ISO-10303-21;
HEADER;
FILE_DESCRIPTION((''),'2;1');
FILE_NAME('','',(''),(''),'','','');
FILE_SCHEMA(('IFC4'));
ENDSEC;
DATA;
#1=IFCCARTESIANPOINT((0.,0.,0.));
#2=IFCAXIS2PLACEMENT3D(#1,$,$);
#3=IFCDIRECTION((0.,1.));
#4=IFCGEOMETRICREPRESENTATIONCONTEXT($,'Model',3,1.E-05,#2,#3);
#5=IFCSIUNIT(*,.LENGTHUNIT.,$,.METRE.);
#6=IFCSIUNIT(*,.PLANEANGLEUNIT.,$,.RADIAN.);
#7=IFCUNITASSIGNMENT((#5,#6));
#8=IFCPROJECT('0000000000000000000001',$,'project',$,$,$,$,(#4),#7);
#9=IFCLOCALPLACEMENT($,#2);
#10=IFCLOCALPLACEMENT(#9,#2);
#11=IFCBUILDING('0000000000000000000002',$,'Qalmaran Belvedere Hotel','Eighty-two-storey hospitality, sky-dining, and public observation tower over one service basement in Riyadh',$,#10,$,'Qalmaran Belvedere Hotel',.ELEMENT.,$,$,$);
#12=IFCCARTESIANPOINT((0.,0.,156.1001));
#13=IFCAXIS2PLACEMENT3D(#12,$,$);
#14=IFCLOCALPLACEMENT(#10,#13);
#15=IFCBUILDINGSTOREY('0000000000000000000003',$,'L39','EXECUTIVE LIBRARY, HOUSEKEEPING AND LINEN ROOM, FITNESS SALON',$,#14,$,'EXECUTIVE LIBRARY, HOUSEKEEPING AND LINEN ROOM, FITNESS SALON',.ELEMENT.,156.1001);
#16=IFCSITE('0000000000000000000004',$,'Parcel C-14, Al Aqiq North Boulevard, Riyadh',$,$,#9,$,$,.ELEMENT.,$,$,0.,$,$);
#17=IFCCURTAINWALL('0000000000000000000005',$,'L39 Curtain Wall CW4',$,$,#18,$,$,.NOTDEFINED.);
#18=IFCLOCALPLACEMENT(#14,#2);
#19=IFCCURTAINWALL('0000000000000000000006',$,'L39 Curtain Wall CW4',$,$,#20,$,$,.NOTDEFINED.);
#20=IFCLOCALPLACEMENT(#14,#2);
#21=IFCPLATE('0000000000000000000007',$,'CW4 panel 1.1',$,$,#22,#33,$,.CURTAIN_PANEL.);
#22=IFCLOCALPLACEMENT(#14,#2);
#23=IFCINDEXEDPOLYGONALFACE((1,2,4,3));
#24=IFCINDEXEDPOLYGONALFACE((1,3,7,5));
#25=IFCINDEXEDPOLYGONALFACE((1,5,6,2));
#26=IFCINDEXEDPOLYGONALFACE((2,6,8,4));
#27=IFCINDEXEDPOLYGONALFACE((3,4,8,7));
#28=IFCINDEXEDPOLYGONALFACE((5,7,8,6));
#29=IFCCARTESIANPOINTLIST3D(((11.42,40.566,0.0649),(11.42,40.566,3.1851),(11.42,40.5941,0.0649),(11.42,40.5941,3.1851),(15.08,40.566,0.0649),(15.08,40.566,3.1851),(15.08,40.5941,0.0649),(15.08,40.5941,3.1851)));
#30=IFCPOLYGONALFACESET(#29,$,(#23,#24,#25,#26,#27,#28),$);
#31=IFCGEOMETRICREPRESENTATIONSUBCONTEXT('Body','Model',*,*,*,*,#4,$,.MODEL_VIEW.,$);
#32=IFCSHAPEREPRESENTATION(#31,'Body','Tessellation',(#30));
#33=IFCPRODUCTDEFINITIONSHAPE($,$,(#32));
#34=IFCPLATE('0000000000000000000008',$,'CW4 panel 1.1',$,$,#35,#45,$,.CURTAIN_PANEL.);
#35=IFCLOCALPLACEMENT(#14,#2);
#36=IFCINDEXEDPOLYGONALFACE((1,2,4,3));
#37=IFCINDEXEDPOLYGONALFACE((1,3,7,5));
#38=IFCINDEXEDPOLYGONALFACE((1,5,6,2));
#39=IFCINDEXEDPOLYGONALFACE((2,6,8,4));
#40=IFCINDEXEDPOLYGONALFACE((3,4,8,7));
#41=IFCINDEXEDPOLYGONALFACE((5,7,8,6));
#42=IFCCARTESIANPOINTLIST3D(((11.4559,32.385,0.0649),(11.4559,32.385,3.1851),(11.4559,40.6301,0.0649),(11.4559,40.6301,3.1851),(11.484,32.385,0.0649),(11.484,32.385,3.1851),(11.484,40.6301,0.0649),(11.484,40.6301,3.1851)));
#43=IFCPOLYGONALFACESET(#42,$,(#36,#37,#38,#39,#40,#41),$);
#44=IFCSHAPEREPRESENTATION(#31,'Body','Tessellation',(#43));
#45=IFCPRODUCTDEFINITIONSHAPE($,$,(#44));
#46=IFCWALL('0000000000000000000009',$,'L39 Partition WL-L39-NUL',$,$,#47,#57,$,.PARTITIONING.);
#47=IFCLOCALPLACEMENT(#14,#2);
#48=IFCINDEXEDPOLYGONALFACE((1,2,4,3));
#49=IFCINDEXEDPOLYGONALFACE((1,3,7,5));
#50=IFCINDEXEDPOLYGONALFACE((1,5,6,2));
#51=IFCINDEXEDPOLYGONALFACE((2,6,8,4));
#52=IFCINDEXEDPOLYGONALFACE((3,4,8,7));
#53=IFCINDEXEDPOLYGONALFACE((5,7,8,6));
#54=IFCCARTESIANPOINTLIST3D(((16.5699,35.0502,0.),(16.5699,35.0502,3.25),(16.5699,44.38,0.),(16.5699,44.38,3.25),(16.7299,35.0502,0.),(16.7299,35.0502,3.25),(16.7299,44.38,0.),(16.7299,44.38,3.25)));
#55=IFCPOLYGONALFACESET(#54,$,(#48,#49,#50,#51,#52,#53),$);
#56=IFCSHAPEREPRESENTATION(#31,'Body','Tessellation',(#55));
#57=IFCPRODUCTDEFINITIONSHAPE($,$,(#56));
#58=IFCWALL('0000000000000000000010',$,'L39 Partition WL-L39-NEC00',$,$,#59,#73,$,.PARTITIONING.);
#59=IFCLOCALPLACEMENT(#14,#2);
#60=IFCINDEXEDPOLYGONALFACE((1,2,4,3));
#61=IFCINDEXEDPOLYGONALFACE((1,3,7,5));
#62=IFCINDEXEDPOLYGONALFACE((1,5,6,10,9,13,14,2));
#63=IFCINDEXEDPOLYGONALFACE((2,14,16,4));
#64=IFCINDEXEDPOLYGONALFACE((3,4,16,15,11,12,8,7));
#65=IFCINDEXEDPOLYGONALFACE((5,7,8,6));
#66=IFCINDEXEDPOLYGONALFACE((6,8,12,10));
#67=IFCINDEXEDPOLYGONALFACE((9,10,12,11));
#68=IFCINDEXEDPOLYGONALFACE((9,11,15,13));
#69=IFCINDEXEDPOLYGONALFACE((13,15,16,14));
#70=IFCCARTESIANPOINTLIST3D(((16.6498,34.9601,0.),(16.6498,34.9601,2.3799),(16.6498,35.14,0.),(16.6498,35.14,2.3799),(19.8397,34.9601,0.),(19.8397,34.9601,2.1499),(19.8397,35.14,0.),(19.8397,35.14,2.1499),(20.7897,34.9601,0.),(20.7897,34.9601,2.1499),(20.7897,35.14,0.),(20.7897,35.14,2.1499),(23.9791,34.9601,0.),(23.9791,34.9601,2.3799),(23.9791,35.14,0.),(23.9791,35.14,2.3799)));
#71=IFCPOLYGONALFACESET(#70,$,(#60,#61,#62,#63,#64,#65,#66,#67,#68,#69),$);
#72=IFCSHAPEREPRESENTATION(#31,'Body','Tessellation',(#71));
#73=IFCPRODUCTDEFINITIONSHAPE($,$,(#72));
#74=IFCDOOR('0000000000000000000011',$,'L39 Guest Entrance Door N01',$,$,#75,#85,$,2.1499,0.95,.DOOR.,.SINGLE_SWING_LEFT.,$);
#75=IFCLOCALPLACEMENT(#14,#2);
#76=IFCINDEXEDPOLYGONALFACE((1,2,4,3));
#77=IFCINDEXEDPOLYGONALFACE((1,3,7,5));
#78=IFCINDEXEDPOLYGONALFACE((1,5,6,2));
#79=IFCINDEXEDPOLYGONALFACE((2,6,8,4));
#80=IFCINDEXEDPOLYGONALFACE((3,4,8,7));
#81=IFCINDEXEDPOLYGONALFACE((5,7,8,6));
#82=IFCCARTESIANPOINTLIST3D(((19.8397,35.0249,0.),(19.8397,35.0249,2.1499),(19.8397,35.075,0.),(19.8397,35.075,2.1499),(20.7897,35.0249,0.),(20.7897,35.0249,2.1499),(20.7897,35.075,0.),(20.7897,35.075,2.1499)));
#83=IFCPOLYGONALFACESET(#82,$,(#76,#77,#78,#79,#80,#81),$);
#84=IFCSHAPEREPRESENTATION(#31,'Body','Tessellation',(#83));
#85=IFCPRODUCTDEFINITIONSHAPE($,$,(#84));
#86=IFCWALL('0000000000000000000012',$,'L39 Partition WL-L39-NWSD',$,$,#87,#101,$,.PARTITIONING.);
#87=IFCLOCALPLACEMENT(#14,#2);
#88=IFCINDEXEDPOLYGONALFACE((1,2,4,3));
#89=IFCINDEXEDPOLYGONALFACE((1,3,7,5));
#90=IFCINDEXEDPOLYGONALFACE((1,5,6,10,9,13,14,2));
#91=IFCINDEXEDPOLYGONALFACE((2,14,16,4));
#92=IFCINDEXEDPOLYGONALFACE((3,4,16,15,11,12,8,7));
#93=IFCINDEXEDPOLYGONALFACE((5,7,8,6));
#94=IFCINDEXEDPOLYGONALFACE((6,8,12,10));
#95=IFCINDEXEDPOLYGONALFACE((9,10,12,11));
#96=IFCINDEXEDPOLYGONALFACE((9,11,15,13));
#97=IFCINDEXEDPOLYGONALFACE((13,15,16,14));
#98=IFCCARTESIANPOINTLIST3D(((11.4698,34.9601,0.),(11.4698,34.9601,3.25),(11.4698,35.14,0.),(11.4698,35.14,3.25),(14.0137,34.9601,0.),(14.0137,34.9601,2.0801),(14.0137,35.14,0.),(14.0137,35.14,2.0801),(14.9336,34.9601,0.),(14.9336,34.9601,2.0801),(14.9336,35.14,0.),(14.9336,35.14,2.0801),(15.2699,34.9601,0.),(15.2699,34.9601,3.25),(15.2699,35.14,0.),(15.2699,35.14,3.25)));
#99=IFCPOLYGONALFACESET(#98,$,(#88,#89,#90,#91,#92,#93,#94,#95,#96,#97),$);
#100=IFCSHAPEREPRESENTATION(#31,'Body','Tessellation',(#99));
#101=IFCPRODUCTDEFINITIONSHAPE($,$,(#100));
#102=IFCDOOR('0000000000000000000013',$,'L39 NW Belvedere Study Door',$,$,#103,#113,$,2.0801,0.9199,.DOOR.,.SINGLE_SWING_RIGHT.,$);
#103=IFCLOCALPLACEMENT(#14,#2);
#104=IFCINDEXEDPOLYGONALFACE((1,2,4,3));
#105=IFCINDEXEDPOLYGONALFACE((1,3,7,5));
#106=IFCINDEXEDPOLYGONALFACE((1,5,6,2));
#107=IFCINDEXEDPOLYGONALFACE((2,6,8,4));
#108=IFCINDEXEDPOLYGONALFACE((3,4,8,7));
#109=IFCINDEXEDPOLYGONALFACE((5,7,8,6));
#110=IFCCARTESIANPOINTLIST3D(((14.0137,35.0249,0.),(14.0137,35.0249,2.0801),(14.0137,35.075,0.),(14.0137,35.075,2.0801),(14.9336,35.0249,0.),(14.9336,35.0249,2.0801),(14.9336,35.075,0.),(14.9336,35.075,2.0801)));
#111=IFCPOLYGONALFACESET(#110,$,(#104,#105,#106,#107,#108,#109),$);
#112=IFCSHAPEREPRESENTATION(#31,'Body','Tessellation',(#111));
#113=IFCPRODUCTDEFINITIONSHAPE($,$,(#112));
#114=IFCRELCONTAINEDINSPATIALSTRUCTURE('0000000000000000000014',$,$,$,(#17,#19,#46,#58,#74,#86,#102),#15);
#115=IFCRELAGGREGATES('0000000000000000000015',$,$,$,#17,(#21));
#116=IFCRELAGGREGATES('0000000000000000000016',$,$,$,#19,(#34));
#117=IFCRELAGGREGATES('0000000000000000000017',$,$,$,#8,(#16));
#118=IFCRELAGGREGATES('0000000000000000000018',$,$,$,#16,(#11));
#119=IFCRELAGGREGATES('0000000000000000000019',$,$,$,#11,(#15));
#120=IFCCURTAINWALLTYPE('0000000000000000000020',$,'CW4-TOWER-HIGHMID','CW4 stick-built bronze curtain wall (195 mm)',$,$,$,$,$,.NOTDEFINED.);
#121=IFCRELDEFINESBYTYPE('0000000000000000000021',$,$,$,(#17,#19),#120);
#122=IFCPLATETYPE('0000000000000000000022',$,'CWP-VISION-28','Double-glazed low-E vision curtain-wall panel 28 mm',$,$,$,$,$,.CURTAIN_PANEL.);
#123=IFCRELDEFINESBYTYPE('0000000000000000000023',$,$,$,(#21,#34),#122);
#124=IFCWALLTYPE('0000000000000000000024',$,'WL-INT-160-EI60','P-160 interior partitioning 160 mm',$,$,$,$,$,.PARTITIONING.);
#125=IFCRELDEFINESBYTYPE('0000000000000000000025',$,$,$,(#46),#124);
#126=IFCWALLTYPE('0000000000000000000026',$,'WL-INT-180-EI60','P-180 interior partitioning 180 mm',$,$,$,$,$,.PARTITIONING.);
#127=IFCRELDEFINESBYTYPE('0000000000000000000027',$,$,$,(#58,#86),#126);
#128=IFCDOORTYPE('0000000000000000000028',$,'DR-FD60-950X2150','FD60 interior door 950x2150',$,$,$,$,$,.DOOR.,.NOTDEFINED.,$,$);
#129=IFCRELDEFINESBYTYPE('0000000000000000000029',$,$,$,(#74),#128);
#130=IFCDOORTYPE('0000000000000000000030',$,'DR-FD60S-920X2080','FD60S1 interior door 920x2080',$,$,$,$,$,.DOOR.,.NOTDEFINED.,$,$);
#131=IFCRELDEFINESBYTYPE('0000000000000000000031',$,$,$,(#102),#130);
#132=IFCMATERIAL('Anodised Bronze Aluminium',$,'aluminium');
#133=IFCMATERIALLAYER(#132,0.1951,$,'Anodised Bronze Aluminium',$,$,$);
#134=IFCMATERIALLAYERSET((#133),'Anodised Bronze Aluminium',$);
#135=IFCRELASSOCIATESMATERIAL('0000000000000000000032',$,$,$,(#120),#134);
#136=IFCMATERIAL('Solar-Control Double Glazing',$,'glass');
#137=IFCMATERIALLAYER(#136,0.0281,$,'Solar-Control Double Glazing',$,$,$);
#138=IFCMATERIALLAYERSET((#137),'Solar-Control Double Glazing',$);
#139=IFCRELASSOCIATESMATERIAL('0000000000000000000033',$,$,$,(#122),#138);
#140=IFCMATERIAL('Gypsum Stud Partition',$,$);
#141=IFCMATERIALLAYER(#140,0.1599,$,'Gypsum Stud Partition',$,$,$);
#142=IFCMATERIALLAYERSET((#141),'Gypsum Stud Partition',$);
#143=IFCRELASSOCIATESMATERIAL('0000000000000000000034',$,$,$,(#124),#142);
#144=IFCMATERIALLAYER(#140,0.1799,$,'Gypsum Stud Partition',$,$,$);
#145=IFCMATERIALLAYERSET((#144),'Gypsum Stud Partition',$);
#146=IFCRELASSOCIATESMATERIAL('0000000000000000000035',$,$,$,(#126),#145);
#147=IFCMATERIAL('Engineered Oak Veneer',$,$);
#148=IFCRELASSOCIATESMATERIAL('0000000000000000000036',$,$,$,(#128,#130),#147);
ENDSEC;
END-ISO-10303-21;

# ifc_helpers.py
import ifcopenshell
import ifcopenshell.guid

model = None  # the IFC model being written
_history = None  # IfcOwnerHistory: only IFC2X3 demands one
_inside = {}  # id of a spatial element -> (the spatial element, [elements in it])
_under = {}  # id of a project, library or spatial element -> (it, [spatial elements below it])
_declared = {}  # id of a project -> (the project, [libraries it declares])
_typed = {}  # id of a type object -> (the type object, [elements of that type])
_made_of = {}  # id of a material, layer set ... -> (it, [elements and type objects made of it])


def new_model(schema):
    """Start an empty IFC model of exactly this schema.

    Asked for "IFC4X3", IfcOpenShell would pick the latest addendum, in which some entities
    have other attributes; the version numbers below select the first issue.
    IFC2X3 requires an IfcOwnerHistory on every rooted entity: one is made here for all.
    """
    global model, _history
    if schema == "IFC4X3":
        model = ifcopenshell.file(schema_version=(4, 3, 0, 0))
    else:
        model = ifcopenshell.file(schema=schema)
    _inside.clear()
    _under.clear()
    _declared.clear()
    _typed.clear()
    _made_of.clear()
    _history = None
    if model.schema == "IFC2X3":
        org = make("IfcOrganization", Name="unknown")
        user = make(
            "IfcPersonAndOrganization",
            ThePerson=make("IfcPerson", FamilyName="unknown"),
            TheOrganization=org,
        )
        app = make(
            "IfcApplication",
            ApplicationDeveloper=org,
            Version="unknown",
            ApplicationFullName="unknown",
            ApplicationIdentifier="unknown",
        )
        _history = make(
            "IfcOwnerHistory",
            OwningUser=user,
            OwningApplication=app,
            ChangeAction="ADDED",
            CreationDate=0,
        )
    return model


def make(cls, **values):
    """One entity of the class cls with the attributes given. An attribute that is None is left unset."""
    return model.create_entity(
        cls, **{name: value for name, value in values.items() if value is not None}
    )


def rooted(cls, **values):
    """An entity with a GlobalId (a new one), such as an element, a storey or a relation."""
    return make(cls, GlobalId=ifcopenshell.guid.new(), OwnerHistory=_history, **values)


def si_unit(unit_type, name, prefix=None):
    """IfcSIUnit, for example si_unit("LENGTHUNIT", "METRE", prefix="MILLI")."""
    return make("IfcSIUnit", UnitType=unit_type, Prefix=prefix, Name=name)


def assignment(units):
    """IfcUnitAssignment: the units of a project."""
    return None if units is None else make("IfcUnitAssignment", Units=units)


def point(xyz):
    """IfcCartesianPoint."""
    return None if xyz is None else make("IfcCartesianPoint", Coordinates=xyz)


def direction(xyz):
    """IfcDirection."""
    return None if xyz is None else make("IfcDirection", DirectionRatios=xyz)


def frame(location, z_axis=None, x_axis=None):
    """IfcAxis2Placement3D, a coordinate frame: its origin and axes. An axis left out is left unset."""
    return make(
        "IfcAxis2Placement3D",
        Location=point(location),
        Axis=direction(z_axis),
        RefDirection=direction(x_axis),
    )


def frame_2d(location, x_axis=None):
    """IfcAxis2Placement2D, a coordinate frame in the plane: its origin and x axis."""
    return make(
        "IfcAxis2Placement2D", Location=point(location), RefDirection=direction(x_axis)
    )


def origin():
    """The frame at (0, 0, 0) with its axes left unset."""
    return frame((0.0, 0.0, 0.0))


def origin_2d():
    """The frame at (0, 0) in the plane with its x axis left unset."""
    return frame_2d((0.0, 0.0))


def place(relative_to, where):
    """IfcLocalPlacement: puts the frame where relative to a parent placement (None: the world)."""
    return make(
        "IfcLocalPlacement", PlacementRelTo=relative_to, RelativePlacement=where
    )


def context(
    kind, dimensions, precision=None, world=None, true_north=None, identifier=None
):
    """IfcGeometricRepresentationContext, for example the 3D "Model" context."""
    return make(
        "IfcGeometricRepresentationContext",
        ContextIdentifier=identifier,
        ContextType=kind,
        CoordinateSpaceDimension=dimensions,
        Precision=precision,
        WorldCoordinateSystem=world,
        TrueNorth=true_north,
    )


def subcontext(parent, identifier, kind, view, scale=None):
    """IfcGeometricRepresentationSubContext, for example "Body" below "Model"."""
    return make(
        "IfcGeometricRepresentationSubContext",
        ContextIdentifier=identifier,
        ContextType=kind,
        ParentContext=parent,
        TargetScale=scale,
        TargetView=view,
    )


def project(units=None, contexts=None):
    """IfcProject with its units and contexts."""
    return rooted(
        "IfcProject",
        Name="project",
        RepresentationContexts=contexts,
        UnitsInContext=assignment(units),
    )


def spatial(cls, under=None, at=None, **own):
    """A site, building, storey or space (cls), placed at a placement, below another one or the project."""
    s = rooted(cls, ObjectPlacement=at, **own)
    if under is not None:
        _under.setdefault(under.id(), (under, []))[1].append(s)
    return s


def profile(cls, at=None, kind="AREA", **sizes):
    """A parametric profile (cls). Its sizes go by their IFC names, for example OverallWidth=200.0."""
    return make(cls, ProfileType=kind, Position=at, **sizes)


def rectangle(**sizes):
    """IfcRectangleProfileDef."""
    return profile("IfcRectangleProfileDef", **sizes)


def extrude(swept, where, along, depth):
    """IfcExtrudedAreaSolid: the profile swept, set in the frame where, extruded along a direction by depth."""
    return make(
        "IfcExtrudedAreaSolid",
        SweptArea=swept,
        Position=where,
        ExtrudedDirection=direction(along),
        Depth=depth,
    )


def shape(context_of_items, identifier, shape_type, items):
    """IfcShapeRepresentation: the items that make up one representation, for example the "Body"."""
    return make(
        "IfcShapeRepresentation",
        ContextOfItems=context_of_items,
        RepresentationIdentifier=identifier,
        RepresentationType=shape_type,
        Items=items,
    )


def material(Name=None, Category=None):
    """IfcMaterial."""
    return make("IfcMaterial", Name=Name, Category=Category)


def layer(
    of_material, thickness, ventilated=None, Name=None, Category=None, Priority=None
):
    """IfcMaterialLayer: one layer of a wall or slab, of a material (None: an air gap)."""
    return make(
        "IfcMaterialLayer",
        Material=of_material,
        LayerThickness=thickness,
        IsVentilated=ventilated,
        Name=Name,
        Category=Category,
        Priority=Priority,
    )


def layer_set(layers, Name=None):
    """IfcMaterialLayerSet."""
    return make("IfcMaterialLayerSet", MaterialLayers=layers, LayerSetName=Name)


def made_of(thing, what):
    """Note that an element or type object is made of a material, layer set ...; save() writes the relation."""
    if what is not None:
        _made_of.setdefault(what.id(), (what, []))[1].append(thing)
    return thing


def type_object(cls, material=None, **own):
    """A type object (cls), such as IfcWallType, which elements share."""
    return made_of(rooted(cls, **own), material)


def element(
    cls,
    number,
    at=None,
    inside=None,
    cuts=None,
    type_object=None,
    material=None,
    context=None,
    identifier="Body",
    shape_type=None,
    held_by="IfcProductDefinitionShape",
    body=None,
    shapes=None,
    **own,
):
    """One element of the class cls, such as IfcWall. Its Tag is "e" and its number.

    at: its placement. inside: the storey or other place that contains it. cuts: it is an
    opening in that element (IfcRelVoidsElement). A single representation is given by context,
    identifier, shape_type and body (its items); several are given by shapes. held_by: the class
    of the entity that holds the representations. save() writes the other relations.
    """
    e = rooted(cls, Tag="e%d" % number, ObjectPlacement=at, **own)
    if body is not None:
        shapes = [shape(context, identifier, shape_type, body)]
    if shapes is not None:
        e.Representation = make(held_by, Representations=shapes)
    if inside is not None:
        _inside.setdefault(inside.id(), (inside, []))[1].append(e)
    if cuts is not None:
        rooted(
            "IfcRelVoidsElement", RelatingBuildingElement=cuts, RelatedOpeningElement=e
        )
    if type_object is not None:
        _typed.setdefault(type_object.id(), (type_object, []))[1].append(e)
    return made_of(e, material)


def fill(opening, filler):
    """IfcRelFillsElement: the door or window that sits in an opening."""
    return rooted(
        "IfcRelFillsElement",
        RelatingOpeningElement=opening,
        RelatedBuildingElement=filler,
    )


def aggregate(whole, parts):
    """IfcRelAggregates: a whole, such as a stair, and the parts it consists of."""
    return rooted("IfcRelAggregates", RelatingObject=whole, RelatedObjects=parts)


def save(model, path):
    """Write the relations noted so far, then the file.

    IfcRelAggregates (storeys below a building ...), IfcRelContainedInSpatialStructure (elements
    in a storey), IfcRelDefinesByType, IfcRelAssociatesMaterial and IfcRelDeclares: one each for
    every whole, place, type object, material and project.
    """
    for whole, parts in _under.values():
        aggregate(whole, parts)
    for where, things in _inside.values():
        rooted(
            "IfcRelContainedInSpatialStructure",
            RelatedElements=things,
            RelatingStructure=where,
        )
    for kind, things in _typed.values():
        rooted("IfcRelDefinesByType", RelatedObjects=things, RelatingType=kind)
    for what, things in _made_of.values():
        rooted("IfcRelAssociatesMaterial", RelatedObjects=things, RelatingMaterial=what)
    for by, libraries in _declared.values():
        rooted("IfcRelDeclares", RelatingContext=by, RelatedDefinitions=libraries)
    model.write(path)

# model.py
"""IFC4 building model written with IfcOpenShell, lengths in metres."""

from ifc_helpers import new_model, si_unit, direction, frame, frame_2d, origin, origin_2d, place, context, subcontext, project, spatial, rectangle, extrude, material, layer, layer_set, type_object, element, fill, aggregate, save


model = new_model("IFC4")

# Units and contexts
model_context = context("Model", 3, precision=1e-05, world=origin(), true_north=direction((0.0, 1.0)))
body_context = subcontext(model_context, "Body", "Model", "MODEL_VIEW")
ifc_project = project(units=[si_unit("LENGTHUNIT", "METRE"), si_unit("PLANEANGLEUNIT", "RADIAN")], contexts=[model_context])

# Site, building, storey
site_placement = place(None, origin())
site = spatial("IfcSite", under=ifc_project, at=site_placement, Name="Parcel C-14, Al Aqiq North Boulevard, Riyadh", CompositionType="ELEMENT", RefElevation=0.0)
building_placement = place(site_placement, origin())
building = spatial("IfcBuilding", under=site, at=building_placement, Name="Qalmaran Belvedere Hotel", Description="Eighty-two-storey hospitality, sky-dining, and public observation tower over one service basement in Riyadh", LongName="Qalmaran Belvedere Hotel", CompositionType="ELEMENT")
storey_placement = place(building_placement, frame((0.0, 0.0, 156.1001)))
storey = spatial("IfcBuildingStorey", under=building, at=storey_placement, Name="L39", Description="EXECUTIVE LIBRARY, HOUSEKEEPING AND LINEN ROOM, FITNESS SALON", LongName="EXECUTIVE LIBRARY, HOUSEKEEPING AND LINEN ROOM, FITNESS SALON", CompositionType="ELEMENT", Elevation=156.1001)

# Shared definitions
ifc_material_1 = material(Name="Anodised Bronze Aluminium", Category="aluminium")
ifc_layer_1 = layer(ifc_material_1, 0.1951, Name="Anodised Bronze Aluminium")
ifc_layer_set_1 = layer_set([ifc_layer_1], Name="Anodised Bronze Aluminium")
curtain_wall_type = type_object("IfcCurtainWallType", Name="CW4-TOWER-HIGHMID", Description="CW4 stick-built bronze curtain wall (195 mm)", PredefinedType="NOTDEFINED", material=ifc_layer_set_1)

# Curtain wall
curtain_wall_1_placement = place(storey_placement, origin())
curtain_wall_1 = element("IfcCurtainWall", 1, at=curtain_wall_1_placement, inside=storey, type_object=curtain_wall_type, Name="L39 Curtain Wall CW4", PredefinedType="NOTDEFINED")

# Curtain wall
curtain_wall_2_placement = place(storey_placement, origin())
curtain_wall_2 = element("IfcCurtainWall", 2, at=curtain_wall_2_placement, inside=storey, type_object=curtain_wall_type, Name="L39 Curtain Wall CW4", PredefinedType="NOTDEFINED")

# Plates
ifc_material_2 = material(Name="Solar-Control Double Glazing", Category="glass")
ifc_layer_2 = layer(ifc_material_2, 0.0281, Name="Solar-Control Double Glazing")
ifc_layer_set_2 = layer_set([ifc_layer_2], Name="Solar-Control Double Glazing")
plate_type = type_object("IfcPlateType", Name="CWP-VISION-28", Description="Double-glazed low-E vision curtain-wall panel 28 mm", PredefinedType="CURTAIN_PANEL", material=ifc_layer_set_2)
plate_1_placement = place(storey_placement, frame((13.25, 40.5801, 0.0649), z_axis=(0.0, 0.0, 1.0), x_axis=(-1.0, 0.0, 0.0)))
plate_1 = element("IfcPlate", 3, at=plate_1_placement, type_object=plate_type, Name="CW4 panel 1.1", PredefinedType="CURTAIN_PANEL", context=body_context, shape_type="SweptSolid", body=[
    extrude(rectangle(XDim=3.6599, YDim=0.0281, at=origin_2d()), origin(), (0.0, 0.0, 1.0), 3.1201),
])
aggregate(curtain_wall_1, [plate_1])
plate_2_placement = place(storey_placement, frame((11.47, 36.5076, 0.0649), z_axis=(0.0, 0.0, 1.0), x_axis=(0.0, -1.0, 0.0)))
plate_2 = element("IfcPlate", 4, at=plate_2_placement, type_object=plate_type, Name="CW4 panel 1.1", PredefinedType="CURTAIN_PANEL", context=body_context, shape_type="SweptSolid", body=[
    extrude(rectangle(XDim=8.2451, YDim=0.0281, at=origin_2d()), origin(), (0.0, 0.0, 1.0), 3.1201),
])
aggregate(curtain_wall_2, [plate_2])

# Wall
ifc_material_3 = material(Name="Gypsum Stud Partition")
ifc_layer_3 = layer(ifc_material_3, 0.1599, Name="Gypsum Stud Partition")
ifc_layer_set_3 = layer_set([ifc_layer_3], Name="Gypsum Stud Partition")
wall_type_1 = type_object("IfcWallType", Name="WL-INT-160-EI60", Description="P-160 interior partitioning 160 mm", PredefinedType="PARTITIONING", material=ifc_layer_set_3)
wall_1_placement = place(storey_placement, frame((16.6499, 35.05, 0.0), z_axis=(0.0, 0.0, 1.0), x_axis=(0.0, 1.0, 0.0)))
element("IfcWall", 5, at=wall_1_placement, inside=storey, type_object=wall_type_1, Name="L39 Partition WL-L39-NUL", PredefinedType="PARTITIONING", context=body_context, shape_type="SweptSolid", body=[
    extrude(rectangle(XDim=9.3298, YDim=0.1599, at=frame_2d((4.665, 0.0))), origin(), (0.0, 0.0, 1.0), 3.25),
])

# Walls, openings, doors
ifc_layer_4 = layer(ifc_material_3, 0.1799, Name="Gypsum Stud Partition")
ifc_layer_set_4 = layer_set([ifc_layer_4], Name="Gypsum Stud Partition")
wall_type_2 = type_object("IfcWallType", Name="WL-INT-180-EI60", Description="P-180 interior partitioning 180 mm", PredefinedType="PARTITIONING", material=ifc_layer_set_4)
wall_2_placement = place(storey_placement, frame((16.6499, 35.05, 0.0), z_axis=(0.0, 0.0, 1.0), x_axis=(1.0, 0.0, 0.0)))
wall_2 = element("IfcWall", 6, at=wall_2_placement, inside=storey, type_object=wall_type_2, Name="L39 Partition WL-L39-NEC00", PredefinedType="PARTITIONING", context=body_context, shape_type="SweptSolid", body=[
    extrude(rectangle(XDim=7.3293, YDim=0.1799, at=frame_2d((3.6646, 0.0))), origin(), (0.0, 0.0, 1.0), 2.3799),
])
opening_1_placement = place(wall_2_placement, frame((3.1897, 0.0, 0.0)))
opening_1 = element("IfcOpeningElement", 7, at=opening_1_placement, cuts=wall_2, PredefinedType="OPENING", context=body_context, shape_type="SweptSolid", body=[
    extrude(rectangle(XDim=0.95, YDim=2.1499, at=frame_2d((0.4751, 1.075))), frame((0.0, 0.1001, 0.0), z_axis=(0.0, -1.0, 0.0), x_axis=(1.0, 0.0, 0.0)), (0.0, 0.0, 1.0), 0.2),
])
ifc_material_4 = material(Name="Engineered Oak Veneer")
door_type_1 = type_object("IfcDoorType", Name="DR-FD60-950X2150", Description="FD60 interior door 950x2150", OperationType="NOTDEFINED", PredefinedType="DOOR", material=ifc_material_4)
door_1_placement = place(opening_1_placement, origin())
door_1 = element("IfcDoor", 8, at=door_1_placement, inside=storey, type_object=door_type_1, Name="L39 Guest Entrance Door N01", OperationType="SINGLE_SWING_LEFT", OverallHeight=2.1499, OverallWidth=0.95, PredefinedType="DOOR", context=body_context, shape_type="SweptSolid", body=[
    extrude(rectangle(XDim=0.95, YDim=2.1499, at=frame_2d((0.4751, 1.075))), frame((0.0, 0.0249, 0.0), z_axis=(0.0, -1.0, 0.0), x_axis=(1.0, 0.0, 0.0)), (0.0, 0.0, 1.0), 0.05),
])
fill(opening_1, door_1)
wall_3_placement = place(storey_placement, frame((11.47, 35.05, 0.0), z_axis=(0.0, 0.0, 1.0), x_axis=(1.0, 0.0, 0.0)))
wall_3 = element("IfcWall", 9, at=wall_3_placement, inside=storey, type_object=wall_type_2, Name="L39 Partition WL-L39-NWSD", PredefinedType="PARTITIONING", context=body_context, shape_type="SweptSolid", body=[
    extrude(rectangle(XDim=3.8, YDim=0.1799, at=frame_2d((1.8999, 0.0))), origin(), (0.0, 0.0, 1.0), 3.25),
])
opening_2_placement = place(wall_3_placement, frame((2.5437, 0.0, 0.0)))
opening_2 = element("IfcOpeningElement", 10, at=opening_2_placement, cuts=wall_3, PredefinedType="OPENING", context=body_context, shape_type="SweptSolid", body=[
    extrude(rectangle(XDim=0.9199, YDim=2.0801, at=frame_2d((0.46, 1.04))), frame((0.0, 0.1001, 0.0), z_axis=(0.0, -1.0, 0.0), x_axis=(1.0, 0.0, 0.0)), (0.0, 0.0, 1.0), 0.2),
])
door_type_2 = type_object("IfcDoorType", Name="DR-FD60S-920X2080", Description="FD60S1 interior door 920x2080", OperationType="NOTDEFINED", PredefinedType="DOOR", material=ifc_material_4)
door_2_placement = place(opening_2_placement, origin())
door_2 = element("IfcDoor", 11, at=door_2_placement, inside=storey, type_object=door_type_2, Name="L39 NW Belvedere Study Door", OperationType="SINGLE_SWING_RIGHT", OverallHeight=2.0801, OverallWidth=0.9199, PredefinedType="DOOR", context=body_context, shape_type="SweptSolid", body=[
    extrude(rectangle(XDim=0.9199, YDim=2.0801, at=frame_2d((0.46, 1.04))), frame((0.0, 0.0249, 0.0), z_axis=(0.0, -1.0, 0.0), x_axis=(1.0, 0.0, 0.0)), (0.0, 0.0, 1.0), 0.05),
])
fill(opening_2, door_2)

save(model, "model.ifc")
